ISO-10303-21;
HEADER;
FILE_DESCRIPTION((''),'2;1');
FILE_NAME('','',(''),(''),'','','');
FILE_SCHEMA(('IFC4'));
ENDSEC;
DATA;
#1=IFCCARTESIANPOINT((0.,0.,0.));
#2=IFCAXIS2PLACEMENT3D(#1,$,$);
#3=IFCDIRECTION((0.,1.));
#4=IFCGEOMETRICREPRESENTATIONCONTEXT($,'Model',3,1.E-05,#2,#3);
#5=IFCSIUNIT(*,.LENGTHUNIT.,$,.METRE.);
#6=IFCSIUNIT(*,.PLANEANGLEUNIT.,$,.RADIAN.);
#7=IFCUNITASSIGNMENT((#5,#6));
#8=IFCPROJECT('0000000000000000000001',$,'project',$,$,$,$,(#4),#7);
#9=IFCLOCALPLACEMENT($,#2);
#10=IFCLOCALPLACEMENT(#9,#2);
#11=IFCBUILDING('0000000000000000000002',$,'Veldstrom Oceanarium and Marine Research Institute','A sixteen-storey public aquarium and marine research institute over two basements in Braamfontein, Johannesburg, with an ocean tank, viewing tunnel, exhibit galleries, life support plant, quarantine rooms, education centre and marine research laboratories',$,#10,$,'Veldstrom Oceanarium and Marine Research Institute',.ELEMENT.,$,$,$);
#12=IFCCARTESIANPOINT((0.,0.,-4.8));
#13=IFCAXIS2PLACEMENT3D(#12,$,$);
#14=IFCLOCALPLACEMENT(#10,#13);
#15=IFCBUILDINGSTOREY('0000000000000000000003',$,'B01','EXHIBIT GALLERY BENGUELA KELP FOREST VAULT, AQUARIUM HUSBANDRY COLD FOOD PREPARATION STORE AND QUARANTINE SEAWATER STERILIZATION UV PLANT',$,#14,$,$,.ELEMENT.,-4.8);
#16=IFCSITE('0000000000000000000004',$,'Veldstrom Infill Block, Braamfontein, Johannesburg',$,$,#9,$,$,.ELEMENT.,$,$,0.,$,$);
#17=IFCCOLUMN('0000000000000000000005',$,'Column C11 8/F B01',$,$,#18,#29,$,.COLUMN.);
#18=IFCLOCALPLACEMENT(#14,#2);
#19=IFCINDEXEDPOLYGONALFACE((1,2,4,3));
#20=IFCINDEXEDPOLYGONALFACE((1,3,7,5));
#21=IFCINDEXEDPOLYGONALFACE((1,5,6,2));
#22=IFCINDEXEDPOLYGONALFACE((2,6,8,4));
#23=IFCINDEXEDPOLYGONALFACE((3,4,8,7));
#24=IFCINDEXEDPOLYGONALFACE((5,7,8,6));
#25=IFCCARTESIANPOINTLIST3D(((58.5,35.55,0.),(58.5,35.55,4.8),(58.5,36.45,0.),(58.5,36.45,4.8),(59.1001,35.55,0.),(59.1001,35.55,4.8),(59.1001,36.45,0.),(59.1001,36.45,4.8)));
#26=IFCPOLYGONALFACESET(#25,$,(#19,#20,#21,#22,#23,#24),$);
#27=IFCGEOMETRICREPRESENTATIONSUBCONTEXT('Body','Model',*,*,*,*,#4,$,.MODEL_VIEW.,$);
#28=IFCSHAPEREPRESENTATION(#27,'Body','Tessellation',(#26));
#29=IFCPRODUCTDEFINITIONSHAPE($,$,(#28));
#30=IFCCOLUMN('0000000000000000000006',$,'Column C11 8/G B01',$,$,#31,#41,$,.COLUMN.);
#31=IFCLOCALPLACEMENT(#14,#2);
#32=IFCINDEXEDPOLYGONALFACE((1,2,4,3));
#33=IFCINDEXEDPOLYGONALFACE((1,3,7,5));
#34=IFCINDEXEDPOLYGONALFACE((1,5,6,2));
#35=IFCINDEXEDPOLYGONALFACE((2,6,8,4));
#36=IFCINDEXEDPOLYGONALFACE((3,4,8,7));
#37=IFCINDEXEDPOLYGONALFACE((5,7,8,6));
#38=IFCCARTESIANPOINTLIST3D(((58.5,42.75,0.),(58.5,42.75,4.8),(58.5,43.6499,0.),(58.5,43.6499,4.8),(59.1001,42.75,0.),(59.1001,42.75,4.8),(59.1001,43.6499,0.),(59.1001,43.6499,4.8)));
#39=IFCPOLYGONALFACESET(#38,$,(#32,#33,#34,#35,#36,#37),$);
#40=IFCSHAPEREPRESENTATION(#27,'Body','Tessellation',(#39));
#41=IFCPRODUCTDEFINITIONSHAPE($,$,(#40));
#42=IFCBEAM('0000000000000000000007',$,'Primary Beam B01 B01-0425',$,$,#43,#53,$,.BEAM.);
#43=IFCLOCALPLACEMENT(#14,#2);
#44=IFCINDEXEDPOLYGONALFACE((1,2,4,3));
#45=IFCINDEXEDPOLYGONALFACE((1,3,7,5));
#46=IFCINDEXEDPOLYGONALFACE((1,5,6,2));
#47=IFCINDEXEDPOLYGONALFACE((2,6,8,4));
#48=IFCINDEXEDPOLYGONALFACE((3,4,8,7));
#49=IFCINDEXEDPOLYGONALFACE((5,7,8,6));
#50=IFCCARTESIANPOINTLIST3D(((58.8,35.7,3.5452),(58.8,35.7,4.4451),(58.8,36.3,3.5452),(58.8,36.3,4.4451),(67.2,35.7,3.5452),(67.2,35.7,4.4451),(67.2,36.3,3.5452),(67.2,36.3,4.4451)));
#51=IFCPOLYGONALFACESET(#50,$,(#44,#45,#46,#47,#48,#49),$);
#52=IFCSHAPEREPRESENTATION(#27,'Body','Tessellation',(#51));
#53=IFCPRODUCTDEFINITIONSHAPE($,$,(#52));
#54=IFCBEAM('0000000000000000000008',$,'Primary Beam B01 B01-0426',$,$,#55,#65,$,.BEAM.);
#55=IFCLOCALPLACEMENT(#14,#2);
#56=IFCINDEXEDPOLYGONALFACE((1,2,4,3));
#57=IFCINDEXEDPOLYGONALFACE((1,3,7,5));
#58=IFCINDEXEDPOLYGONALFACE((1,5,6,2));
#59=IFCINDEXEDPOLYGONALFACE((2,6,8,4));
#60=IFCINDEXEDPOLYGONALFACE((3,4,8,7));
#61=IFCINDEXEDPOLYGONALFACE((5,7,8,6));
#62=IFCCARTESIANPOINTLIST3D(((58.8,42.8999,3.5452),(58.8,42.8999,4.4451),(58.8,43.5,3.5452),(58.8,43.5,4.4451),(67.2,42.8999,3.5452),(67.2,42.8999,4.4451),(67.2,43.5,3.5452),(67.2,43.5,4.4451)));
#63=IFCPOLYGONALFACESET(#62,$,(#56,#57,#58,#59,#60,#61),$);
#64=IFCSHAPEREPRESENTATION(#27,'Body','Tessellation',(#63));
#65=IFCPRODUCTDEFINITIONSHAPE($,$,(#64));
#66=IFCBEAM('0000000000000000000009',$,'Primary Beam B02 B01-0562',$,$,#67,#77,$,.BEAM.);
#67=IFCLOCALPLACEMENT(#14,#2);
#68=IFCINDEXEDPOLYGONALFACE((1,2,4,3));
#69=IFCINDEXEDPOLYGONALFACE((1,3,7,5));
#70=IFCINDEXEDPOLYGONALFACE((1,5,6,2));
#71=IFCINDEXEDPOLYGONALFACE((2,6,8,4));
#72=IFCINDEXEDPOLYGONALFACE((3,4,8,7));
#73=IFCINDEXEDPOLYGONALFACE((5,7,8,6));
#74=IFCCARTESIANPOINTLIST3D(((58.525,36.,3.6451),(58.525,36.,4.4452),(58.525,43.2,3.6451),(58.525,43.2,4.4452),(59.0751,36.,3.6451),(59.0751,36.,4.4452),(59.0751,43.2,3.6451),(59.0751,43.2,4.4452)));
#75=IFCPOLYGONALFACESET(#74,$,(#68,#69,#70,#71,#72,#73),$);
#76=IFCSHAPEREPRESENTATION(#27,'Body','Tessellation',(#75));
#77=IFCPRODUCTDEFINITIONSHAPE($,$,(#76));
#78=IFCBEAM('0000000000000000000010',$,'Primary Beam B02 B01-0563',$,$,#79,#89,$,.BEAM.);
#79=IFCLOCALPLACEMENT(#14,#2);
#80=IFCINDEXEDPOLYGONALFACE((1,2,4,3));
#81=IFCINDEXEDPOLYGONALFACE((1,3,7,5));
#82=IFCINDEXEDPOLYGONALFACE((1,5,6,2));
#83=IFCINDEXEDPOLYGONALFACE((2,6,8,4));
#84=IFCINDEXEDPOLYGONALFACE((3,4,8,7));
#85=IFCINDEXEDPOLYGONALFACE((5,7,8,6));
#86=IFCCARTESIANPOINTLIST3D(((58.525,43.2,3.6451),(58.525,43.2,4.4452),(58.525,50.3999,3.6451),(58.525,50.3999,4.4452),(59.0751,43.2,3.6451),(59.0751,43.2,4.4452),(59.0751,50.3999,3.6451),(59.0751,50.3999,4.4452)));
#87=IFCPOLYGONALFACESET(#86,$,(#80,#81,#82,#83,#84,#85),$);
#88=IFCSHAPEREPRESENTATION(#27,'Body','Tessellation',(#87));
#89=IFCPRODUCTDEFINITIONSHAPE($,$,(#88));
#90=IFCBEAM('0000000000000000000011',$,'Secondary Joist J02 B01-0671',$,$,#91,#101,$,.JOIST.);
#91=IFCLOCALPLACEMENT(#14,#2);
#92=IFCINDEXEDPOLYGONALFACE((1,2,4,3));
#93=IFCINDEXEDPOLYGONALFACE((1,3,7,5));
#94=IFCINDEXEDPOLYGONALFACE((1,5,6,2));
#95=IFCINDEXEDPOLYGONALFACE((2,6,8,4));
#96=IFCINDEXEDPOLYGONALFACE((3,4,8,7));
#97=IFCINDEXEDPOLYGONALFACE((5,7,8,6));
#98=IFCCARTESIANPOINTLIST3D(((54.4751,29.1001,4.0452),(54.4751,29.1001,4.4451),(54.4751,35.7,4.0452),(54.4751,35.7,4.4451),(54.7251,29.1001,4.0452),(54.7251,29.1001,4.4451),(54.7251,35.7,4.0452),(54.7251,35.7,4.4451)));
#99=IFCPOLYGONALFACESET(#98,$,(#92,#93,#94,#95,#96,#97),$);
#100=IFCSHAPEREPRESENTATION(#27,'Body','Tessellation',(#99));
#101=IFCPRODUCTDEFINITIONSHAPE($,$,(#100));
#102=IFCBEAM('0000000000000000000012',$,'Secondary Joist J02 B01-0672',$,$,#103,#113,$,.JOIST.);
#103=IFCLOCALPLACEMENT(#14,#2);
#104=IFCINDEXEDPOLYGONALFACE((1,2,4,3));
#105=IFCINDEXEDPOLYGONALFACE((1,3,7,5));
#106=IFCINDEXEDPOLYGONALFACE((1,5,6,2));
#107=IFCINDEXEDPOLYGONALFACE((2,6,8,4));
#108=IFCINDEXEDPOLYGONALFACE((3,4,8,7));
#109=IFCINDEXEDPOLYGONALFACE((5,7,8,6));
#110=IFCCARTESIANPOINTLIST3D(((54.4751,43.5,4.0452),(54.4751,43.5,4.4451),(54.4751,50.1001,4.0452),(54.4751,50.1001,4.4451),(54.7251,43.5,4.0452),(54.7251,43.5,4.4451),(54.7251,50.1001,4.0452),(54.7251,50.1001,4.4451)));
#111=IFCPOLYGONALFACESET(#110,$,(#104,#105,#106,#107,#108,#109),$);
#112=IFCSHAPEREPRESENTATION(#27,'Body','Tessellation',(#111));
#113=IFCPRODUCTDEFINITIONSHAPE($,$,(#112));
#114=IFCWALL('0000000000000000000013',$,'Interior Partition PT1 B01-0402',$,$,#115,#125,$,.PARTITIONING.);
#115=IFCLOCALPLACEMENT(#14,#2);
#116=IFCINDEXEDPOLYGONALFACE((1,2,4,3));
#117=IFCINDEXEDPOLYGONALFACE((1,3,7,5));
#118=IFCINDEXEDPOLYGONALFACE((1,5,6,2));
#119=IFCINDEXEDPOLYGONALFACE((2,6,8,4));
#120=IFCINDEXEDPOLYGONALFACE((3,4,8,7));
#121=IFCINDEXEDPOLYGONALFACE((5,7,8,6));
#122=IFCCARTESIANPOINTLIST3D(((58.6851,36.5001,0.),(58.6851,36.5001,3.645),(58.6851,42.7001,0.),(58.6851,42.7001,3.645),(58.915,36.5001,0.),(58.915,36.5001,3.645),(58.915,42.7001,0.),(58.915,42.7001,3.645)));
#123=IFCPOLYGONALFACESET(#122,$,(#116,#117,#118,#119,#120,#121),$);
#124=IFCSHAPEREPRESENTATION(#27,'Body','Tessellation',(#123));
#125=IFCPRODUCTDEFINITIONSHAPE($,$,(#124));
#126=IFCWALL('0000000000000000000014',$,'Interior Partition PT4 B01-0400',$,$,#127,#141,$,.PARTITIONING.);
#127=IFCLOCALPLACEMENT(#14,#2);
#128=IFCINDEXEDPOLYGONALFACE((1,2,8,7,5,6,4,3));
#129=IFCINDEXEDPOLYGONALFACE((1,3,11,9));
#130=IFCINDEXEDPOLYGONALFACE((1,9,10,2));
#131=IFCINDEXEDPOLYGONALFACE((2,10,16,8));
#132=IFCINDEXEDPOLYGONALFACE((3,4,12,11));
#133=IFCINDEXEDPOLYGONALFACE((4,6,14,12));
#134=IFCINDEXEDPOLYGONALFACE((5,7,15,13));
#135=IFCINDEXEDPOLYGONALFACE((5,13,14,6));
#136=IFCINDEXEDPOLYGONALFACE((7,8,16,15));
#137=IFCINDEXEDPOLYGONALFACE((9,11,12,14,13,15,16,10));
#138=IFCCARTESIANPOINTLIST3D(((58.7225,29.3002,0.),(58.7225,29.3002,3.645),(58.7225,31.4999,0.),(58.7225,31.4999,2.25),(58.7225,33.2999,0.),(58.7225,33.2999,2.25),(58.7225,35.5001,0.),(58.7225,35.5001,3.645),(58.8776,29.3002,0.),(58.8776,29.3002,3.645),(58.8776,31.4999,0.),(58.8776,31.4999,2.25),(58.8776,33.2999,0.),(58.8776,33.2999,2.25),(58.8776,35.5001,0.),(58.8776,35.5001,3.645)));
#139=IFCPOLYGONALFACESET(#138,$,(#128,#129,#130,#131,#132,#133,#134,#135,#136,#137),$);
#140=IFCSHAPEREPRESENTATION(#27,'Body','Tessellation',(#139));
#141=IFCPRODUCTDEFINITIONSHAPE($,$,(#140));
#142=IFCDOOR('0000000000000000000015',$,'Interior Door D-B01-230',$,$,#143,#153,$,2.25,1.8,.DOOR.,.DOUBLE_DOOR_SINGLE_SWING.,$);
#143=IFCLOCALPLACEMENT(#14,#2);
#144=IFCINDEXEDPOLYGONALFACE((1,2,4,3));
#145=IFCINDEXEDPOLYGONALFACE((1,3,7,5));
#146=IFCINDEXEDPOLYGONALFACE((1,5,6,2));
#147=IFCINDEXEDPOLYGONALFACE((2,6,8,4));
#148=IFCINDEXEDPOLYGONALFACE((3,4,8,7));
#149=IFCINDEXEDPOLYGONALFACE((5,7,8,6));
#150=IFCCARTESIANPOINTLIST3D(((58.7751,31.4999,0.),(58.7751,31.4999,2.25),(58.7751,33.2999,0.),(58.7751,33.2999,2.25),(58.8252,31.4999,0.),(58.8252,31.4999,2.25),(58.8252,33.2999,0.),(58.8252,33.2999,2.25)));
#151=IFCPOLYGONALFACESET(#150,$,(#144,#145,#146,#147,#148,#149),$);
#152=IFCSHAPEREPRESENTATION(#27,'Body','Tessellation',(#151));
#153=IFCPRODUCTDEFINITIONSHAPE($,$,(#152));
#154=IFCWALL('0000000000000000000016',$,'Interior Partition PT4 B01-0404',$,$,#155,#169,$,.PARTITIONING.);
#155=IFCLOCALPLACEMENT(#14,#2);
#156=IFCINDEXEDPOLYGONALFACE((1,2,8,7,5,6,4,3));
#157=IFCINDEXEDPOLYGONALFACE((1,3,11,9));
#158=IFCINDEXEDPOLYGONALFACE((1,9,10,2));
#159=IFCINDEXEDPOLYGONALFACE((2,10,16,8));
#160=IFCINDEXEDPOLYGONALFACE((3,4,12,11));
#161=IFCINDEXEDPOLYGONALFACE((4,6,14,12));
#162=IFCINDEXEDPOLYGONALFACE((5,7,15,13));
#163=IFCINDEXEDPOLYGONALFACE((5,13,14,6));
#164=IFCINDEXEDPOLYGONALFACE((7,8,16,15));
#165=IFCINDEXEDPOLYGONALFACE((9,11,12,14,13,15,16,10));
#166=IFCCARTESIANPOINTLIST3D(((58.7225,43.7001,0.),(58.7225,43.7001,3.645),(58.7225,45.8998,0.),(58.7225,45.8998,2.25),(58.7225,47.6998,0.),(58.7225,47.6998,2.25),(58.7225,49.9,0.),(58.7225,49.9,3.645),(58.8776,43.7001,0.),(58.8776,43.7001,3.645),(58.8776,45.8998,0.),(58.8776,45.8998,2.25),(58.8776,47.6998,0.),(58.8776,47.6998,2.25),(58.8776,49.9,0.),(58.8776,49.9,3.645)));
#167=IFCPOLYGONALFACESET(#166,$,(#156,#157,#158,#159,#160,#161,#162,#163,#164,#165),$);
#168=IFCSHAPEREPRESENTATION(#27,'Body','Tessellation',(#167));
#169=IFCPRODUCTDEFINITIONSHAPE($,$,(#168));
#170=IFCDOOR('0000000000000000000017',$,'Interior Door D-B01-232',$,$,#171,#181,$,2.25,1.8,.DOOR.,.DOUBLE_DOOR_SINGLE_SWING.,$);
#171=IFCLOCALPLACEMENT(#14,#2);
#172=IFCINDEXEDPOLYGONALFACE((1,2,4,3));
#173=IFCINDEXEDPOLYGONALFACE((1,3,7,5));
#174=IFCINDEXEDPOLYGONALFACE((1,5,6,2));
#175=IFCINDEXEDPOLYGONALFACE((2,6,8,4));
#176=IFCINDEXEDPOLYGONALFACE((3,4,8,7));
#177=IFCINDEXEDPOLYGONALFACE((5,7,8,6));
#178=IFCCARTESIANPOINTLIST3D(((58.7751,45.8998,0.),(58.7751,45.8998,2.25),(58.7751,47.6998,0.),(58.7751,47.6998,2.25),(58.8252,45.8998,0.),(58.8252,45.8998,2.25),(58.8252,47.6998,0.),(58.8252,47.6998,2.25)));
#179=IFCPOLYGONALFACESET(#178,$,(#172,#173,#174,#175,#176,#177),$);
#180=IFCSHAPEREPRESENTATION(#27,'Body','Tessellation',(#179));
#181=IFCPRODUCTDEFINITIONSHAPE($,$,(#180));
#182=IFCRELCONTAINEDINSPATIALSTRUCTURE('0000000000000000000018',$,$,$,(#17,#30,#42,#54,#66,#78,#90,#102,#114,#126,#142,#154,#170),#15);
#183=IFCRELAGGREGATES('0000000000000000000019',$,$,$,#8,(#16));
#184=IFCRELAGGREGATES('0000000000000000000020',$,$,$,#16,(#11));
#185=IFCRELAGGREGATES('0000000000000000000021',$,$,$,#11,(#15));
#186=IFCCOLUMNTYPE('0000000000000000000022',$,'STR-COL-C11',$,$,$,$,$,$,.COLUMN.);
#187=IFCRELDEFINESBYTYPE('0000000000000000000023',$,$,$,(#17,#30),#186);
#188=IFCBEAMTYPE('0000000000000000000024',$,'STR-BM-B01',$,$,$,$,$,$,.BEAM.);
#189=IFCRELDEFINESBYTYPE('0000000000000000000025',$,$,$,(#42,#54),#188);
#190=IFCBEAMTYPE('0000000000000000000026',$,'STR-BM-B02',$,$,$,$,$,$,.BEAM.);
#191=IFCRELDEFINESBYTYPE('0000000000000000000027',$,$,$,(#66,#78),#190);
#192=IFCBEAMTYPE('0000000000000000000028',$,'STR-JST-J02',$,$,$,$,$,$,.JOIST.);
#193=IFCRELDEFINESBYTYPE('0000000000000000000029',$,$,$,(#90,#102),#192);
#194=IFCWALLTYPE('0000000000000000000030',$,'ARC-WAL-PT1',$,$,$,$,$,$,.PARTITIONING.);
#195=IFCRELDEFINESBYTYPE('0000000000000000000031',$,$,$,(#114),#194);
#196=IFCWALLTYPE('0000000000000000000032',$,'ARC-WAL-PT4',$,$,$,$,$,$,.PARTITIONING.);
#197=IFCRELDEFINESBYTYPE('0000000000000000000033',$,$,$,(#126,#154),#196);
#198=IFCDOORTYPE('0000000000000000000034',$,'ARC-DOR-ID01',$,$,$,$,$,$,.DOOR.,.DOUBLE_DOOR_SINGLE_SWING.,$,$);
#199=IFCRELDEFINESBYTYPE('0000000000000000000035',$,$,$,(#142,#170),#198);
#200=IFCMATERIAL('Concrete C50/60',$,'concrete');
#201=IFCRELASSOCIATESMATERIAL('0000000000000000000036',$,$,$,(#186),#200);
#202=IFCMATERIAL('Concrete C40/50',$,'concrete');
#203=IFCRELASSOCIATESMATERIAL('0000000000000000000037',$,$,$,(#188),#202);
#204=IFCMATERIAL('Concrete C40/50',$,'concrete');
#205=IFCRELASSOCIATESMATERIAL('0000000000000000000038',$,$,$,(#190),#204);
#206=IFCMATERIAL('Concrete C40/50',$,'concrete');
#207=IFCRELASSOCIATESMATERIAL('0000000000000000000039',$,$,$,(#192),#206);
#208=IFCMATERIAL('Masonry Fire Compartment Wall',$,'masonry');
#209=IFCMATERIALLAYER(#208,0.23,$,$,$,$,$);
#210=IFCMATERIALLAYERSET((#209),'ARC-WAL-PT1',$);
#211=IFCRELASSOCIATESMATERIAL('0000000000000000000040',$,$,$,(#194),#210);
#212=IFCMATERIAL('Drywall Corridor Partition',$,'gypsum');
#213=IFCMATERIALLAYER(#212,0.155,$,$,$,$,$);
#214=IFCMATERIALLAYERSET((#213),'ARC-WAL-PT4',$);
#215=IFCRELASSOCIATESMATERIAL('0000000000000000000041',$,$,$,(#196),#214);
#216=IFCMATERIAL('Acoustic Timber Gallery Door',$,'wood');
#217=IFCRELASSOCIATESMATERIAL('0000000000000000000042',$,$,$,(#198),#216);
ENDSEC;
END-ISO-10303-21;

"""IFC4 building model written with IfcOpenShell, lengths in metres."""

from ifc_helpers import new_model, si_unit, direction, frame, frame_2d, origin, origin_2d, place, context, subcontext, project, spatial, rectangle, extrude, material, layer, layer_set, material_profile, profile_set, type_object, element, fill, save


model = new_model("IFC4")

# Units and contexts
model_context = context("Model", 3, precision=1e-05, world=origin(), true_north=direction((0.0, 1.0)))
body_context = subcontext(model_context, "Body", "Model", "MODEL_VIEW")
ifc_project = project(units=[si_unit("LENGTHUNIT", "METRE"), si_unit("PLANEANGLEUNIT", "RADIAN")], contexts=[model_context])

# Site, building, storey
site_placement = place(None, origin())
site = spatial("IfcSite", under=ifc_project, at=site_placement, Name="Veldstrom Infill Block, Braamfontein, Johannesburg", CompositionType="ELEMENT", RefElevation=0.0)
building_placement = place(site_placement, origin())
building = spatial("IfcBuilding", under=site, at=building_placement, Name="Veldstrom Oceanarium and Marine Research Institute", Description="A sixteen-storey public aquarium and marine research institute over two basements in Braamfontein, Johannesburg, with an ocean tank, viewing tunnel, exhibit galleries, life support plant, quarantine rooms, education centre and marine research laboratories", LongName="Veldstrom Oceanarium and Marine Research Institute", CompositionType="ELEMENT")
storey_placement = place(building_placement, frame((0.0, 0.0, -4.8)))
storey = spatial("IfcBuildingStorey", under=building, at=storey_placement, Name="B01", Description="EXHIBIT GALLERY BENGUELA KELP FOREST VAULT, AQUARIUM HUSBANDRY COLD FOOD PREPARATION STORE AND QUARANTINE SEAWATER STERILIZATION UV PLANT", CompositionType="ELEMENT", Elevation=-4.8)

# Columns
ifc_material_1 = material(Name="Concrete C50/60", Category="concrete")
ifc_material_profile_1 = material_profile(ifc_material_1, rectangle(XDim=0.6001, YDim=0.8999, at=origin_2d()), Name="RC-COL-900x600")
ifc_profile_set_1 = profile_set([ifc_material_profile_1], Name="Concrete C50/60")
column_type = type_object("IfcColumnType", Name="STR-COL-C11", PredefinedType="COLUMN", material=ifc_profile_set_1)
for number, where, z_axis, x_axis, name in (
    (1, (58.8, 36.0, 0.0), (0.0, 0.0, 1.0), (1.0, 0.0, 0.0), "Column C11 8/F B01"),
    (2, (58.8, 43.2, 0.0), (0.0, 0.0, 1.0), (1.0, 0.0, 0.0), "Column C11 8/G B01"),
):
    element("IfcColumn", number, at=place(storey_placement, frame(where, z_axis=z_axis, x_axis=x_axis)), inside=storey, type_object=column_type, Name=name, PredefinedType="COLUMN", context=body_context, shape_type="SweptSolid", body=[
        extrude(rectangle(XDim=0.6001, YDim=0.8999, at=origin_2d()), origin(), (0.0, 0.0, 1.0), 4.8),
    ])

# Beams
ifc_material_2 = material(Name="Concrete C40/50", Category="concrete")
ifc_material_profile_2 = material_profile(ifc_material_2, rectangle(XDim=0.6001, YDim=0.8999, at=origin_2d()), Name="RC-BM-600x900")
ifc_profile_set_2 = profile_set([ifc_material_profile_2], Name="Concrete C40/50")
beam_type_1 = type_object("IfcBeamType", Name="STR-BM-B01", PredefinedType="BEAM", material=ifc_profile_set_2)
for number, where, z_axis, x_axis, name in (
    (3, (58.8, 36.0, 3.9951), (1.0, 0.0, 0.0), (0.0, 1.0, 0.0), "Primary Beam B01 B01-0425"),
    (4, (58.8, 43.2, 3.9951), (1.0, 0.0, 0.0), (0.0, 1.0, 0.0), "Primary Beam B01 B01-0426"),
):
    element("IfcBeam", number, at=place(storey_placement, frame(where, z_axis=z_axis, x_axis=x_axis)), inside=storey, type_object=beam_type_1, Name=name, PredefinedType="BEAM", context=body_context, shape_type="SweptSolid", body=[
        extrude(rectangle(XDim=0.6001, YDim=0.8999, at=origin_2d()), origin(), (0.0, 0.0, 1.0), 8.3999),
    ])
ifc_material_3 = material(Name="Concrete C40/50", Category="concrete")
ifc_material_profile_3 = material_profile(ifc_material_3, rectangle(XDim=0.55, YDim=0.8, at=origin_2d()), Name="RC-BM-550x800")
ifc_profile_set_3 = profile_set([ifc_material_profile_3], Name="Concrete C40/50")
beam_type_2 = type_object("IfcBeamType", Name="STR-BM-B02", PredefinedType="BEAM", material=ifc_profile_set_3)
for number, where, z_axis, x_axis, name in (
    (5, (58.8, 36.0, 4.0452), (0.0, 1.0, 0.0), (-1.0, 0.0, 0.0), "Primary Beam B02 B01-0562"),
    (6, (58.8, 43.2, 4.0452), (0.0, 1.0, 0.0), (-1.0, 0.0, 0.0), "Primary Beam B02 B01-0563"),
):
    element("IfcBeam", number, at=place(storey_placement, frame(where, z_axis=z_axis, x_axis=x_axis)), inside=storey, type_object=beam_type_2, Name=name, PredefinedType="BEAM", context=body_context, shape_type="SweptSolid", body=[
        extrude(rectangle(XDim=0.55, YDim=0.8, at=origin_2d()), origin(), (0.0, 0.0, 1.0), 7.2),
    ])
ifc_material_4 = material(Name="Concrete C40/50", Category="concrete")
ifc_material_profile_4 = material_profile(ifc_material_4, rectangle(XDim=0.25, YDim=0.3999, at=origin_2d()), Name="RC-JST-250x400")
ifc_profile_set_4 = profile_set([ifc_material_profile_4], Name="Concrete C40/50")
beam_type_3 = type_object("IfcBeamType", Name="STR-JST-J02", PredefinedType="JOIST", material=ifc_profile_set_4)
beam_1_placement = place(storey_placement, frame((54.6001, 29.1001, 4.2451), z_axis=(0.0, 1.0, 0.0), x_axis=(-1.0, 0.0, 0.0)))
element("IfcBeam", 7, at=beam_1_placement, inside=storey, type_object=beam_type_3, Name="Secondary Joist J02 B01-0671", PredefinedType="JOIST", context=body_context, shape_type="SweptSolid", body=[
    extrude(rectangle(XDim=0.25, YDim=0.3999, at=origin_2d()), origin(), (0.0, 0.0, 1.0), 6.5999),
])
beam_2_placement = place(storey_placement, frame((54.6001, 43.5, 4.2451), z_axis=(0.0, 1.0, 0.0), x_axis=(-1.0, 0.0, 0.0)))
element("IfcBeam", 8, at=beam_2_placement, inside=storey, type_object=beam_type_3, Name="Secondary Joist J02 B01-0672", PredefinedType="JOIST", context=body_context, shape_type="SweptSolid", body=[
    extrude(rectangle(XDim=0.25, YDim=0.3999, at=origin_2d()), origin(), (0.0, 0.0, 1.0), 6.6001),
])

# Wall
ifc_material_5 = material(Name="Masonry Fire Compartment Wall", Category="masonry")
ifc_layer_1 = layer(ifc_material_5, 0.23)
ifc_layer_set_1 = layer_set([ifc_layer_1], Name="ARC-WAL-PT1")
wall_type_1 = type_object("IfcWallType", Name="ARC-WAL-PT1", PredefinedType="PARTITIONING", material=ifc_layer_set_1)
wall_1_placement = place(storey_placement, frame((58.8, 36.5, 0.0), z_axis=(0.0, 0.0, 1.0), x_axis=(0.0, 1.0, 0.0)))
element("IfcWall", 9, at=wall_1_placement, inside=storey, type_object=wall_type_1, Name="Interior Partition PT1 B01-0402", PredefinedType="PARTITIONING", context=body_context, shape_type="SweptSolid", body=[
    extrude(rectangle(XDim=6.2, YDim=0.23, at=frame_2d((3.1001, 0.0))), origin(), (0.0, 0.0, 1.0), 3.645),
])

# Walls, openings, doors
ifc_material_6 = material(Name="Drywall Corridor Partition", Category="gypsum")
ifc_layer_2 = layer(ifc_material_6, 0.155)
ifc_layer_set_2 = layer_set([ifc_layer_2], Name="ARC-WAL-PT4")
wall_type_2 = type_object("IfcWallType", Name="ARC-WAL-PT4", PredefinedType="PARTITIONING", material=ifc_layer_set_2)
wall_2_placement = place(storey_placement, frame((58.8, 29.3, 0.0), z_axis=(0.0, 0.0, 1.0), x_axis=(0.0, 1.0, 0.0)))
wall_2 = element("IfcWall", 10, at=wall_2_placement, inside=storey, type_object=wall_type_2, Name="Interior Partition PT4 B01-0400", PredefinedType="PARTITIONING", context=body_context, shape_type="SweptSolid", body=[
    extrude(rectangle(XDim=6.2, YDim=0.155, at=frame_2d((3.1001, 0.0))), origin(), (0.0, 0.0, 1.0), 3.645),
])
opening_1_placement = place(wall_2_placement, frame((2.2, 0.0, 0.0)))
opening_1 = element("IfcOpeningElement", 11, at=opening_1_placement, cuts=wall_2, PredefinedType="OPENING", context=body_context, shape_type="SweptSolid", body=[
    extrude(rectangle(XDim=1.8, YDim=2.25, at=frame_2d((0.8999, 1.125))), frame((0.0, 0.0874, 0.0), z_axis=(0.0, -1.0, 0.0), x_axis=(1.0, 0.0, 0.0)), (0.0, 0.0, 1.0), 0.175),
])
ifc_material_7 = material(Name="Acoustic Timber Gallery Door", Category="wood")
door_type = type_object("IfcDoorType", Name="ARC-DOR-ID01", OperationType="DOUBLE_DOOR_SINGLE_SWING", PredefinedType="DOOR", material=ifc_material_7)
door_1_placement = place(opening_1_placement, origin())
door_1 = element("IfcDoor", 12, at=door_1_placement, inside=storey, type_object=door_type, Name="Interior Door D-B01-230", OperationType="DOUBLE_DOOR_SINGLE_SWING", OverallHeight=2.25, OverallWidth=1.8, PredefinedType="DOOR", context=body_context, shape_type="SweptSolid", body=[
    extrude(rectangle(XDim=1.8, YDim=2.25, at=frame_2d((0.8999, 1.125))), frame((0.0, 0.0249, 0.0), z_axis=(0.0, -1.0, 0.0), x_axis=(1.0, 0.0, 0.0)), (0.0, 0.0, 1.0), 0.05),
])
fill(opening_1, door_1)
wall_3_placement = place(storey_placement, frame((58.8, 43.7, 0.0), z_axis=(0.0, 0.0, 1.0), x_axis=(0.0, 1.0, 0.0)))
wall_3 = element("IfcWall", 13, at=wall_3_placement, inside=storey, type_object=wall_type_2, Name="Interior Partition PT4 B01-0404", PredefinedType="PARTITIONING", context=body_context, shape_type="SweptSolid", body=[
    extrude(rectangle(XDim=6.2, YDim=0.155, at=frame_2d((3.1001, 0.0))), origin(), (0.0, 0.0, 1.0), 3.645),
])
opening_2_placement = place(wall_3_placement, frame((2.2, 0.0, 0.0)))
opening_2 = element("IfcOpeningElement", 14, at=opening_2_placement, cuts=wall_3, PredefinedType="OPENING", context=body_context, shape_type="SweptSolid", body=[
    extrude(rectangle(XDim=1.8, YDim=2.25, at=frame_2d((0.8999, 1.125))), frame((0.0, 0.0874, 0.0), z_axis=(0.0, -1.0, 0.0), x_axis=(1.0, 0.0, 0.0)), (0.0, 0.0, 1.0), 0.175),
])
door_2_placement = place(opening_2_placement, origin())
door_2 = element("IfcDoor", 15, at=door_2_placement, inside=storey, type_object=door_type, Name="Interior Door D-B01-232", OperationType="DOUBLE_DOOR_SINGLE_SWING", OverallHeight=2.25, OverallWidth=1.8, PredefinedType="DOOR", context=body_context, shape_type="SweptSolid", body=[
    extrude(rectangle(XDim=1.8, YDim=2.25, at=frame_2d((0.8999, 1.125))), frame((0.0, 0.0249, 0.0), z_axis=(0.0, -1.0, 0.0), x_axis=(1.0, 0.0, 0.0)), (0.0, 0.0, 1.0), 0.05),
])
fill(opening_2, door_2)

save(model, "model.ifc")
